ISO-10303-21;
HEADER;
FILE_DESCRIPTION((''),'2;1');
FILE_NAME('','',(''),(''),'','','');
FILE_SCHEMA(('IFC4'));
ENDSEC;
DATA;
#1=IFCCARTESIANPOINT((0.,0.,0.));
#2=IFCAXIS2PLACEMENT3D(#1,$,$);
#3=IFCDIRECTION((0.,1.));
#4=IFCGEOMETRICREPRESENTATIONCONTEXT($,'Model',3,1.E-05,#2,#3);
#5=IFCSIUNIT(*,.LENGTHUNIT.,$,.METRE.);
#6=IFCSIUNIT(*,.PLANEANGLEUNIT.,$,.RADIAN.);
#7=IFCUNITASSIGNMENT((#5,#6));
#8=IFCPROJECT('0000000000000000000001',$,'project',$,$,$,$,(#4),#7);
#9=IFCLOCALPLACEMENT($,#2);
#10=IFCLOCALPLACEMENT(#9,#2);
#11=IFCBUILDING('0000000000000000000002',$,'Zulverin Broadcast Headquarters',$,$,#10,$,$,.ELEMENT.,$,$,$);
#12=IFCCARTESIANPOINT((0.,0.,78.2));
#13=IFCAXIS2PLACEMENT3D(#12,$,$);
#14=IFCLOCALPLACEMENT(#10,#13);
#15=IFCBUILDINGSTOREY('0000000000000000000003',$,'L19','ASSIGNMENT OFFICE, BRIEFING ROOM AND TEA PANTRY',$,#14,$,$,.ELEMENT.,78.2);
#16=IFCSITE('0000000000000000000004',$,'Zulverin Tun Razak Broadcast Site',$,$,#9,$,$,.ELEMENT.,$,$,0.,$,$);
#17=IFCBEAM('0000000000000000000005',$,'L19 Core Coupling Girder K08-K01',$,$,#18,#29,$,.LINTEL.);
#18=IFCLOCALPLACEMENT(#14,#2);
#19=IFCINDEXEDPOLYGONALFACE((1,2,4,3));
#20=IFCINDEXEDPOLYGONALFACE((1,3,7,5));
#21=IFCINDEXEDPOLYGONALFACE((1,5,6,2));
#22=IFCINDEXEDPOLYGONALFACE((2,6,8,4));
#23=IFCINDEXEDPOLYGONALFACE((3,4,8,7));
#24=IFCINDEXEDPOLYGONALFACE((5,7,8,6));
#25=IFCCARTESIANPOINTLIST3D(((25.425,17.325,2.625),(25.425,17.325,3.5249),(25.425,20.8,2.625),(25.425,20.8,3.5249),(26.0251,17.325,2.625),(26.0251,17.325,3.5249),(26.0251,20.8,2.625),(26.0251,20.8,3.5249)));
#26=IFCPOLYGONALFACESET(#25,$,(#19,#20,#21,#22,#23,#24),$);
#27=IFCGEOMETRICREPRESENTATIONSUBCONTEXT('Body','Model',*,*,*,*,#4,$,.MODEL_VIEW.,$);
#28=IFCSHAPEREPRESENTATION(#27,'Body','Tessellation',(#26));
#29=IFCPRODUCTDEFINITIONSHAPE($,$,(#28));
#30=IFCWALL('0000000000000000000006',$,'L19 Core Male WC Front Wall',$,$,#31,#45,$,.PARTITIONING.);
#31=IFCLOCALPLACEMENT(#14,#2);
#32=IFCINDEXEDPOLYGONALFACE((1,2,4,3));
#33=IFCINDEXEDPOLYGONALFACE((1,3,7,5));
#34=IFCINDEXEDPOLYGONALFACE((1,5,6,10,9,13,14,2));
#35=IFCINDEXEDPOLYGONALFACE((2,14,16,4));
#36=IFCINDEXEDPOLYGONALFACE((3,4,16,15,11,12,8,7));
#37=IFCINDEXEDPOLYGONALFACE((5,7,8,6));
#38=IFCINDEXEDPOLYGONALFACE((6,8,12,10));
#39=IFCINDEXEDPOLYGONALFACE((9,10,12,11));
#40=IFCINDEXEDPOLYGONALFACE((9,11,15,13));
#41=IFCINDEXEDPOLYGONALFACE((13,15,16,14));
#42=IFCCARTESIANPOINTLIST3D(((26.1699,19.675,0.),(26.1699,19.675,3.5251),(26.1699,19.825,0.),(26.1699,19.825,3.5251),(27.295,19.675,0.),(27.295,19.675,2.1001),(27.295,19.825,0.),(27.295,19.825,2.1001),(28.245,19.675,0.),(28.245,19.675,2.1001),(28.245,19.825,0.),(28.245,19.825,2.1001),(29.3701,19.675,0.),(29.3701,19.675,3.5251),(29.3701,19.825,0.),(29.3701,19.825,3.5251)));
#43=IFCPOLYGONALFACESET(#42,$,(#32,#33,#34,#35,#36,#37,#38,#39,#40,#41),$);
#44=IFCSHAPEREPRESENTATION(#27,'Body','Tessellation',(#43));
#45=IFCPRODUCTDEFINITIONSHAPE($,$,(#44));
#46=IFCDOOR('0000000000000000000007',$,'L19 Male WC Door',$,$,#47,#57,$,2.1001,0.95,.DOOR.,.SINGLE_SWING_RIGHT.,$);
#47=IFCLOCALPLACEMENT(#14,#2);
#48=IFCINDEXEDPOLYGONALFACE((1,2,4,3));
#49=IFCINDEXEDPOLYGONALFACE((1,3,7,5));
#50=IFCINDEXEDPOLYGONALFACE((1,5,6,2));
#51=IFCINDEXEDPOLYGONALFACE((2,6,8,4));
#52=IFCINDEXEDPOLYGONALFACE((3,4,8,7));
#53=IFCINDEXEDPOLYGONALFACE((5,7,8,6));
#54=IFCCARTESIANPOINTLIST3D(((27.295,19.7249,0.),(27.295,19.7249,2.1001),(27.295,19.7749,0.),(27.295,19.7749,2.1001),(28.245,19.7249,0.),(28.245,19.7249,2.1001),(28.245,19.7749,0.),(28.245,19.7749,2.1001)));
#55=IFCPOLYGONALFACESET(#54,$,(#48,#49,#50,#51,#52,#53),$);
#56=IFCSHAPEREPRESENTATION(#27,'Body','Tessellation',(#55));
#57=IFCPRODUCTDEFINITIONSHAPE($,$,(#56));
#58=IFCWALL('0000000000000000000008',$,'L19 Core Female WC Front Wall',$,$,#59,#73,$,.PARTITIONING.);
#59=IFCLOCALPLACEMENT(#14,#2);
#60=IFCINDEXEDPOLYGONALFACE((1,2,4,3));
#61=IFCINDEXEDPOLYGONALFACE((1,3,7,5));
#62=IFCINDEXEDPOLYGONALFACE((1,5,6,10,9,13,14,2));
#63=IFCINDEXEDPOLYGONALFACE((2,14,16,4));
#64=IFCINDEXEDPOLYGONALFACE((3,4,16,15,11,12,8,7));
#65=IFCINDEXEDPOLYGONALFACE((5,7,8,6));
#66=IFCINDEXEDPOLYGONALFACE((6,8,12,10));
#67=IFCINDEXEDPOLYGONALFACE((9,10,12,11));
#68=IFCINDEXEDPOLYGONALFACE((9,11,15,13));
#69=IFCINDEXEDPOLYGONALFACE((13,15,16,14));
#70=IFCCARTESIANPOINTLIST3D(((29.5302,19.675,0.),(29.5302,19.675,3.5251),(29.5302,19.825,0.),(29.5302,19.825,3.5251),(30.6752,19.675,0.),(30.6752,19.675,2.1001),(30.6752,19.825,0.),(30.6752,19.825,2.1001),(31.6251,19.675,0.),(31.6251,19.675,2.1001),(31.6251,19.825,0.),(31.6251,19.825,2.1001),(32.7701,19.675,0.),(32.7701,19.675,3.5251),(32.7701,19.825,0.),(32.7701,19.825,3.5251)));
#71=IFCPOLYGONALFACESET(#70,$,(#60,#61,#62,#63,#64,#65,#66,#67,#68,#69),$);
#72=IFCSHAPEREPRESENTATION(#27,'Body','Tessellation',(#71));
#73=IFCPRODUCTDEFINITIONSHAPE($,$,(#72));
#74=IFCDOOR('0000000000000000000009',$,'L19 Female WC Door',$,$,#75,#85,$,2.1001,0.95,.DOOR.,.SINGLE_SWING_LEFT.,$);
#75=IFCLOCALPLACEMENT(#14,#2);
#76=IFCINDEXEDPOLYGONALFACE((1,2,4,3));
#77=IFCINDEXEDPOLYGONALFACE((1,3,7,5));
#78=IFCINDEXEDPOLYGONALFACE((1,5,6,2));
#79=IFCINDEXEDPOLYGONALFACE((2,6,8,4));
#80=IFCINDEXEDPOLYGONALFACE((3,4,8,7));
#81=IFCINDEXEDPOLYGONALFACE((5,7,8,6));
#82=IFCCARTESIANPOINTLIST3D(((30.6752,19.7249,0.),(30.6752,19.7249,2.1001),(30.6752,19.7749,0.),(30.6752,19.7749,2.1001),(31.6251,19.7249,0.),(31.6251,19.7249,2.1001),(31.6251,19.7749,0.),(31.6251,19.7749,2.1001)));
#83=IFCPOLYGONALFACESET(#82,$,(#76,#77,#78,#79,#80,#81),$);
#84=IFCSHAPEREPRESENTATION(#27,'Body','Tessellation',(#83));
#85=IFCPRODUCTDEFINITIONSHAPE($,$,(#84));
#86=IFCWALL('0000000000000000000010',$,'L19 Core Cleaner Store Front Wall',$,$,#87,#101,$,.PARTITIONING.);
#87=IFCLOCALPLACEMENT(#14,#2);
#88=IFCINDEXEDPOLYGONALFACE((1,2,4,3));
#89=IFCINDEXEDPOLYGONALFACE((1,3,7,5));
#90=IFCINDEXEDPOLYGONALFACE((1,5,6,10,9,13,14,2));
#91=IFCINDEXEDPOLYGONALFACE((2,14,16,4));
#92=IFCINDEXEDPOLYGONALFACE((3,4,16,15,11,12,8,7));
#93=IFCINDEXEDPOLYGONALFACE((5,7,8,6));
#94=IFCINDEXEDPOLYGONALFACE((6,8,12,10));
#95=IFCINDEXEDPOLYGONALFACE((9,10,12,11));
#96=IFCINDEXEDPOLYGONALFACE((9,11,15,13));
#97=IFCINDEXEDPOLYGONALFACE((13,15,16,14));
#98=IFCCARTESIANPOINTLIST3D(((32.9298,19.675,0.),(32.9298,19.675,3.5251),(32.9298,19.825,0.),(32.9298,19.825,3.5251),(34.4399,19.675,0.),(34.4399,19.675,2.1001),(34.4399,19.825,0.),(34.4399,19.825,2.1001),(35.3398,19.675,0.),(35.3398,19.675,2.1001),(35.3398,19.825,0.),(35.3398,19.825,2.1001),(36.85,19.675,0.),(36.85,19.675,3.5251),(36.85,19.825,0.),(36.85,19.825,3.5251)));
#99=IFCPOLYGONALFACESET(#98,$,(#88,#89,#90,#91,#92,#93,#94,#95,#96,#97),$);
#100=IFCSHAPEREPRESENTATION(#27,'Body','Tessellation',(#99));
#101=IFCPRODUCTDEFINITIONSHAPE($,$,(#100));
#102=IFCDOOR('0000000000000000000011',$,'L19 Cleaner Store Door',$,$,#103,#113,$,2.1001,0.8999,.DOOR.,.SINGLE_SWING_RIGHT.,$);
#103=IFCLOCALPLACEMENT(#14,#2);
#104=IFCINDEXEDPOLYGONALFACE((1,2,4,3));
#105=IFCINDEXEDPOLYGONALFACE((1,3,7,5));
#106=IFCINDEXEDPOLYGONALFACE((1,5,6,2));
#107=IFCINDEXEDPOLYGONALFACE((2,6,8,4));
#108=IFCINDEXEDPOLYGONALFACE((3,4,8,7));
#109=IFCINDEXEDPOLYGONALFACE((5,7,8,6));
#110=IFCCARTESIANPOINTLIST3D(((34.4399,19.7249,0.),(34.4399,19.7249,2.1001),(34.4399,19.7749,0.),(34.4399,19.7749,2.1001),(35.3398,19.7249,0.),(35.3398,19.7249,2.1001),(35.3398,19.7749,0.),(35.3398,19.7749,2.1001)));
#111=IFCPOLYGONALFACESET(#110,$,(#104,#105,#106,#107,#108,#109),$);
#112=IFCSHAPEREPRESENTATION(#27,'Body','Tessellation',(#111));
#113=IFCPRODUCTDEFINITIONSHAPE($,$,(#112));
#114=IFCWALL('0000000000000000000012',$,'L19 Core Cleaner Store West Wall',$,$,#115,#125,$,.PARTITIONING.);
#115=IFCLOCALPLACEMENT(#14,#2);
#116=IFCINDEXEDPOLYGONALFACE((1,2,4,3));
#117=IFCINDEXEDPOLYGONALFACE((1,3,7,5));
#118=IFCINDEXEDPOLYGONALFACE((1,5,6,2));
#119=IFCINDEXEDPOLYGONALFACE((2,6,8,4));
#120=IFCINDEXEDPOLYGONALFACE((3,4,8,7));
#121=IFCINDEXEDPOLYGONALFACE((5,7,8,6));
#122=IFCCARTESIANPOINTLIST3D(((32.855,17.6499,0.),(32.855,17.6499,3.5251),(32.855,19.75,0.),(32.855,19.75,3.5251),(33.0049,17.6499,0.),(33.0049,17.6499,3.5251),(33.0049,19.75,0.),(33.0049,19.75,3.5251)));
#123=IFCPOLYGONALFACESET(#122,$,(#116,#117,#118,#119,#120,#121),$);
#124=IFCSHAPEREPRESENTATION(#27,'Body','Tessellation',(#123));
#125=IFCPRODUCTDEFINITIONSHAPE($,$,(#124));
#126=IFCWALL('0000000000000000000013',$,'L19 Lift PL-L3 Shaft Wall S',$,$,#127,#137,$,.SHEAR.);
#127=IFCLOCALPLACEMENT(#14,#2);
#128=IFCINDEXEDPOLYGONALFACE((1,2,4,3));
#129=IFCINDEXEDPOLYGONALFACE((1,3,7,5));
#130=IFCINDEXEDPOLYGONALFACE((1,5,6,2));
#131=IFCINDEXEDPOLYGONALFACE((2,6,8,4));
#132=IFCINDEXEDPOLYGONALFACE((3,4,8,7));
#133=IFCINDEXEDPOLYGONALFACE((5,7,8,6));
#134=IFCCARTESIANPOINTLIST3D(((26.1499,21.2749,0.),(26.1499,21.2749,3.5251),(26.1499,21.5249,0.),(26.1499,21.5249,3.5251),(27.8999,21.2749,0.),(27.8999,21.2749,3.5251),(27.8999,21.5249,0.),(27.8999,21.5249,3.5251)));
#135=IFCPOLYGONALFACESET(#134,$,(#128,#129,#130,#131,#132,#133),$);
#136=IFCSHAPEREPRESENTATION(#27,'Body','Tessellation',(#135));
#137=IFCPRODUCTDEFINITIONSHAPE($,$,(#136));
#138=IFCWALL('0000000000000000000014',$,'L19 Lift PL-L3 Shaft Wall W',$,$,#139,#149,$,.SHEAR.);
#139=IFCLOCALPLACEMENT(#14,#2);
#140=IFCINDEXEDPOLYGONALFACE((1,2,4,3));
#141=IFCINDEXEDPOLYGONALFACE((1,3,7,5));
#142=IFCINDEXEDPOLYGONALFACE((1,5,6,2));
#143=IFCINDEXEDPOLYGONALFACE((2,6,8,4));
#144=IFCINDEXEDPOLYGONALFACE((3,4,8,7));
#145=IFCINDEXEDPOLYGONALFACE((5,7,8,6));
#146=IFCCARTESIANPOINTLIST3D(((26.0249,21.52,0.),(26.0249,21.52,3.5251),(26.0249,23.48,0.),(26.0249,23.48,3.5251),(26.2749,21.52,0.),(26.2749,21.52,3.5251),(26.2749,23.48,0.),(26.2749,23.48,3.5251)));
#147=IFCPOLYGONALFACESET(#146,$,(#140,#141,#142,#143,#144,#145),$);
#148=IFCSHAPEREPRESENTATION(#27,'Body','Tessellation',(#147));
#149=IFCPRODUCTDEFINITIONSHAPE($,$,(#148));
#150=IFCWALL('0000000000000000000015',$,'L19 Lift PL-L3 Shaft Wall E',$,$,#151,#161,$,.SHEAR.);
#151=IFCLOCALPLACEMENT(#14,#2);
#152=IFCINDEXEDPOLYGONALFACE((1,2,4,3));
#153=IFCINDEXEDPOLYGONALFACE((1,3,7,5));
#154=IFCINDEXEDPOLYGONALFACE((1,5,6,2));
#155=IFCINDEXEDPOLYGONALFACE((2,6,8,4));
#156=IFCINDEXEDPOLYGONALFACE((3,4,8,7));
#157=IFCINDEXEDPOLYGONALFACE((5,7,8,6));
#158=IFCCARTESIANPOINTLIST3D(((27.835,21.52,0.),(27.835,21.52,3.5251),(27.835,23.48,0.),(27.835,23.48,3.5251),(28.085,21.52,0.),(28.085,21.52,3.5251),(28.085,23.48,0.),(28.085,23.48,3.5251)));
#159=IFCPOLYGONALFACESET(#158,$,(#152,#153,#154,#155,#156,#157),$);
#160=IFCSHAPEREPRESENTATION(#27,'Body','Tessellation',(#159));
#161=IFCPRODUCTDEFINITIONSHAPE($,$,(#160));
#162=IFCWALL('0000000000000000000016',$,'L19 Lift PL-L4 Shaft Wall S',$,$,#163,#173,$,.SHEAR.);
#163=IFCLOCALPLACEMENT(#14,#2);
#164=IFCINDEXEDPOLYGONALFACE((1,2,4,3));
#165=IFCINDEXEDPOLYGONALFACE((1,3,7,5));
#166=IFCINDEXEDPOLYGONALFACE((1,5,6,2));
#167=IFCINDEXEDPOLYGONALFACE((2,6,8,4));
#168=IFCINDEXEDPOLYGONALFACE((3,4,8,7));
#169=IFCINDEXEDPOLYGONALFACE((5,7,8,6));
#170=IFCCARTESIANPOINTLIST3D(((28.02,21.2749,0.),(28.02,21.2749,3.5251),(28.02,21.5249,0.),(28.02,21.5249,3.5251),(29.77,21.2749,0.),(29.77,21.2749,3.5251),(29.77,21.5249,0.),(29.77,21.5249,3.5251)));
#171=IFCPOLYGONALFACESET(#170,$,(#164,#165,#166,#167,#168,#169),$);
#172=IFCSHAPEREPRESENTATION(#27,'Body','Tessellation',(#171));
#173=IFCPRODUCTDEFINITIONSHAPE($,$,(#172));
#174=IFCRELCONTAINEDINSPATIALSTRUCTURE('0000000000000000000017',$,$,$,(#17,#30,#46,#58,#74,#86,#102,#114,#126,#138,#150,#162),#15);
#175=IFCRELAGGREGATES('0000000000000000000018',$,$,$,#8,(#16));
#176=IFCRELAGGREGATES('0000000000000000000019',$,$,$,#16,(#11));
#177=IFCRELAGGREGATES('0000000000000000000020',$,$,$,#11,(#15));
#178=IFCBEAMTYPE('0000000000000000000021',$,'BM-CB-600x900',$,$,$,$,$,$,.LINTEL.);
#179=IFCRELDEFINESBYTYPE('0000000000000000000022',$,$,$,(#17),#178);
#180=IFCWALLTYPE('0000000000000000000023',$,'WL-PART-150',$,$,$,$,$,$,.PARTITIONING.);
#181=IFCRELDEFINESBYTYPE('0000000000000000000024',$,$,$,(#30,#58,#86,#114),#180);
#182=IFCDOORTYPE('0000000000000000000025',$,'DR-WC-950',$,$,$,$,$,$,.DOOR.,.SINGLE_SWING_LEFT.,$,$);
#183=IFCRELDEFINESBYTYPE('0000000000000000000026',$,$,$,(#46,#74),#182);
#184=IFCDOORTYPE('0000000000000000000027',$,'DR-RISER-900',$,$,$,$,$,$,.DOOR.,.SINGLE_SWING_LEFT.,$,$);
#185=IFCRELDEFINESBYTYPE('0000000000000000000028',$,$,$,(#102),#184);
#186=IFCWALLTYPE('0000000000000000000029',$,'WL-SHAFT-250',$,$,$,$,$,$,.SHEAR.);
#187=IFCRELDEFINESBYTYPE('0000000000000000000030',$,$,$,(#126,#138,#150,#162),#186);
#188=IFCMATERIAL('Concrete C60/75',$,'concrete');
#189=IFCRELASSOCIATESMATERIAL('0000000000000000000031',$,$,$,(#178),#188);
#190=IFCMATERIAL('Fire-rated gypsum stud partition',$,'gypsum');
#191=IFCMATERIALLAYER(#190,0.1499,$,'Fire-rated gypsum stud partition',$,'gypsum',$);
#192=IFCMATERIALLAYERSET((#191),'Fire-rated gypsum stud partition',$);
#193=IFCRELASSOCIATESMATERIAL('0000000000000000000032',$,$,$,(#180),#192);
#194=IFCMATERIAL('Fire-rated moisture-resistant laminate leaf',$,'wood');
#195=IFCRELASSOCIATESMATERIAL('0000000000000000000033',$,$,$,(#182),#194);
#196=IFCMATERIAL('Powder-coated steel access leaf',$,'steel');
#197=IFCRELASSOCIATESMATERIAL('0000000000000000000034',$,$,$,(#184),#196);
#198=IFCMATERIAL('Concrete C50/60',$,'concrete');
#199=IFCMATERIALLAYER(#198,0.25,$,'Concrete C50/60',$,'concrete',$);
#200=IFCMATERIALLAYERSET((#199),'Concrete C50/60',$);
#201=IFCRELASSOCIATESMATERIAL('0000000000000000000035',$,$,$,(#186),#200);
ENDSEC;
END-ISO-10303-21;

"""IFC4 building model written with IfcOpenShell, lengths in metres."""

from ifc_helpers import new_model, si_unit, direction, frame, frame_2d, origin, origin_2d, place, context, subcontext, project, spatial, rectangle, extrude, material, layer, layer_set, material_profile, profile_set, type_object, element, fill, save


model = new_model("IFC4")

# Units and contexts
model_context = context("Model", 3, precision=1e-05, world=origin(), true_north=direction((0.0, 1.0)))
body_context = subcontext(model_context, "Body", "Model", "MODEL_VIEW")
ifc_project = project(units=[si_unit("LENGTHUNIT", "METRE"), si_unit("PLANEANGLEUNIT", "RADIAN")], contexts=[model_context])

# Site, building, storey
site_placement = place(None, origin())
site = spatial("IfcSite", under=ifc_project, at=site_placement, Name="Zulverin Tun Razak Broadcast Site", CompositionType="ELEMENT", RefElevation=0.0)
building_placement = place(site_placement, origin())
building = spatial("IfcBuilding", under=site, at=building_placement, Name="Zulverin Broadcast Headquarters", CompositionType="ELEMENT")
storey_placement = place(building_placement, frame((0.0, 0.0, 78.2)))
storey = spatial("IfcBuildingStorey", under=building, at=storey_placement, Name="L19", Description="ASSIGNMENT OFFICE, BRIEFING ROOM AND TEA PANTRY", CompositionType="ELEMENT", Elevation=78.2)

# Beam
ifc_material_1 = material(Name="Concrete C60/75", Category="concrete")
ifc_material_profile = material_profile(ifc_material_1, rectangle(XDim=0.6001, YDim=0.8999, at=origin_2d()), Name="Concrete C60/75", Category="concrete")
ifc_profile_set = profile_set([ifc_material_profile], Name="Concrete C60/75")
beam_type = type_object("IfcBeamType", Name="BM-CB-600x900", PredefinedType="LINTEL", material=ifc_profile_set)
beam_placement = place(storey_placement, frame((25.7251, 20.8, 3.075), z_axis=(0.0, -1.0, 0.0), x_axis=(1.0, 0.0, 0.0)))
element("IfcBeam", 1, at=beam_placement, inside=storey, type_object=beam_type, Name="L19 Core Coupling Girder K08-K01", PredefinedType="LINTEL", context=body_context, shape_type="SweptSolid", body=[
    extrude(rectangle(XDim=0.6001, YDim=0.8999, at=origin_2d()), origin(), (0.0, 0.0, 1.0), 3.4751),
])

# Walls, openings, doors
ifc_material_2 = material(Name="Fire-rated gypsum stud partition", Category="gypsum")
ifc_layer_1 = layer(ifc_material_2, 0.1499, Name="Fire-rated gypsum stud partition", Category="gypsum")
ifc_layer_set_1 = layer_set([ifc_layer_1], Name="Fire-rated gypsum stud partition")
wall_type_1 = type_object("IfcWallType", Name="WL-PART-150", PredefinedType="PARTITIONING", material=ifc_layer_set_1)
wall_1_placement = place(storey_placement, frame((26.1699, 19.75, 0.0), z_axis=(0.0, 0.0, 1.0), x_axis=(1.0, 0.0, 0.0)))
wall_1 = element("IfcWall", 2, at=wall_1_placement, inside=storey, type_object=wall_type_1, Name="L19 Core Male WC Front Wall", PredefinedType="PARTITIONING", context=body_context, shape_type="SweptSolid", body=[
    extrude(rectangle(XDim=3.2002, YDim=0.1499, at=frame_2d((1.6001, 0.0))), origin(), (0.0, 0.0, 1.0), 3.5251),
])
opening_1_placement = place(wall_1_placement, frame((1.125, 0.0, 0.0)))
opening_1 = element("IfcOpeningElement", 3, at=opening_1_placement, cuts=wall_1, PredefinedType="OPENING", context=body_context, shape_type="SweptSolid", body=[
    extrude(rectangle(XDim=0.95, YDim=2.1001, at=frame_2d((0.4751, 1.05))), frame((0.0, 0.085, 0.0), z_axis=(0.0, -1.0, 0.0), x_axis=(1.0, 0.0, 0.0)), (0.0, 0.0, 1.0), 0.1699),
])
ifc_material_3 = material(Name="Fire-rated moisture-resistant laminate leaf", Category="wood")
door_type_1 = type_object("IfcDoorType", Name="DR-WC-950", OperationType="SINGLE_SWING_LEFT", PredefinedType="DOOR", material=ifc_material_3)
door_1_placement = place(opening_1_placement, origin())
door_1 = element("IfcDoor", 4, at=door_1_placement, inside=storey, type_object=door_type_1, Name="L19 Male WC Door", OperationType="SINGLE_SWING_RIGHT", OverallHeight=2.1001, OverallWidth=0.95, PredefinedType="DOOR", context=body_context, shape_type="SweptSolid", body=[
    extrude(rectangle(XDim=0.95, YDim=2.1001, at=frame_2d((0.4751, 1.05))), frame((0.0, 0.0249, 0.0), z_axis=(0.0, -1.0, 0.0), x_axis=(1.0, 0.0, 0.0)), (0.0, 0.0, 1.0), 0.05),
])
fill(opening_1, door_1)
wall_2_placement = place(storey_placement, frame((29.53, 19.75, 0.0), z_axis=(0.0, 0.0, 1.0), x_axis=(1.0, 0.0, 0.0)))
wall_2 = element("IfcWall", 5, at=wall_2_placement, inside=storey, type_object=wall_type_1, Name="L19 Core Female WC Front Wall", PredefinedType="PARTITIONING", context=body_context, shape_type="SweptSolid", body=[
    extrude(rectangle(XDim=3.24, YDim=0.1499, at=frame_2d((1.6201, 0.0))), origin(), (0.0, 0.0, 1.0), 3.5251),
])
opening_2_placement = place(wall_2_placement, frame((1.145, 0.0, 0.0)))
opening_2 = element("IfcOpeningElement", 6, at=opening_2_placement, cuts=wall_2, PredefinedType="OPENING", context=body_context, shape_type="SweptSolid", body=[
    extrude(rectangle(XDim=0.95, YDim=2.1001, at=frame_2d((0.4751, 1.05))), frame((0.0, 0.085, 0.0), z_axis=(0.0, -1.0, 0.0), x_axis=(1.0, 0.0, 0.0)), (0.0, 0.0, 1.0), 0.1699),
])
door_2_placement = place(opening_2_placement, origin())
door_2 = element("IfcDoor", 7, at=door_2_placement, inside=storey, type_object=door_type_1, Name="L19 Female WC Door", OperationType="SINGLE_SWING_LEFT", OverallHeight=2.1001, OverallWidth=0.95, PredefinedType="DOOR", context=body_context, shape_type="SweptSolid", body=[
    extrude(rectangle(XDim=0.95, YDim=2.1001, at=frame_2d((0.4751, 1.05))), frame((0.0, 0.0249, 0.0), z_axis=(0.0, -1.0, 0.0), x_axis=(1.0, 0.0, 0.0)), (0.0, 0.0, 1.0), 0.05),
])
fill(opening_2, door_2)
wall_3_placement = place(storey_placement, frame((32.9299, 19.75, 0.0), z_axis=(0.0, 0.0, 1.0), x_axis=(1.0, 0.0, 0.0)))
wall_3 = element("IfcWall", 8, at=wall_3_placement, inside=storey, type_object=wall_type_1, Name="L19 Core Cleaner Store Front Wall", PredefinedType="PARTITIONING", context=body_context, shape_type="SweptSolid", body=[
    extrude(rectangle(XDim=3.9202, YDim=0.1499, at=frame_2d((1.96, 0.0))), origin(), (0.0, 0.0, 1.0), 3.5251),
])
opening_3_placement = place(wall_3_placement, frame((1.51, 0.0, 0.0)))
opening_3 = element("IfcOpeningElement", 9, at=opening_3_placement, cuts=wall_3, PredefinedType="OPENING", context=body_context, shape_type="SweptSolid", body=[
    extrude(rectangle(XDim=0.8999, YDim=2.1001, at=frame_2d((0.45, 1.05))), frame((0.0, 0.085, 0.0), z_axis=(0.0, -1.0, 0.0), x_axis=(1.0, 0.0, 0.0)), (0.0, 0.0, 1.0), 0.1699),
])
ifc_material_4 = material(Name="Powder-coated steel access leaf", Category="steel")
door_type_2 = type_object("IfcDoorType", Name="DR-RISER-900", OperationType="SINGLE_SWING_LEFT", PredefinedType="DOOR", material=ifc_material_4)
door_3_placement = place(opening_3_placement, origin())
door_3 = element("IfcDoor", 10, at=door_3_placement, inside=storey, type_object=door_type_2, Name="L19 Cleaner Store Door", OperationType="SINGLE_SWING_RIGHT", OverallHeight=2.1001, OverallWidth=0.8999, PredefinedType="DOOR", context=body_context, shape_type="SweptSolid", body=[
    extrude(rectangle(XDim=0.8999, YDim=2.1001, at=frame_2d((0.45, 1.05))), frame((0.0, 0.0249, 0.0), z_axis=(0.0, -1.0, 0.0), x_axis=(1.0, 0.0, 0.0)), (0.0, 0.0, 1.0), 0.05),
])
fill(opening_3, door_3)

# Walls
wall_4_placement = place(storey_placement, frame((32.9299, 17.6499, 0.0), z_axis=(0.0, 0.0, 1.0), x_axis=(0.0, 1.0, 0.0)))
element("IfcWall", 11, at=wall_4_placement, inside=storey, type_object=wall_type_1, Name="L19 Core Cleaner Store West Wall", PredefinedType="PARTITIONING", context=body_context, shape_type="SweptSolid", body=[
    extrude(rectangle(XDim=2.1001, YDim=0.1499, at=frame_2d((1.05, 0.0))), origin(), (0.0, 0.0, 1.0), 3.5251),
])
ifc_material_5 = material(Name="Concrete C50/60", Category="concrete")
ifc_layer_2 = layer(ifc_material_5, 0.25, Name="Concrete C50/60", Category="concrete")
ifc_layer_set_2 = layer_set([ifc_layer_2], Name="Concrete C50/60")
wall_type_2 = type_object("IfcWallType", Name="WL-SHAFT-250", PredefinedType="SHEAR", material=ifc_layer_set_2)
wall_5_placement = place(storey_placement, frame((26.1499, 21.3999, 0.0), z_axis=(0.0, 0.0, 1.0), x_axis=(1.0, 0.0, 0.0)))
element("IfcWall", 12, at=wall_5_placement, inside=storey, type_object=wall_type_2, Name="L19 Lift PL-L3 Shaft Wall S", PredefinedType="SHEAR", context=body_context, shape_type="SweptSolid", body=[
    extrude(rectangle(XDim=1.75, YDim=0.25, at=frame_2d((0.875, 0.0))), origin(), (0.0, 0.0, 1.0), 3.5251),
])

# Walls
for number, where, z_axis, x_axis, name in (
    (13, (26.1499, 21.52, 0.0), (0.0, 0.0, 1.0), (0.0, 1.0, 0.0), "L19 Lift PL-L3 Shaft Wall W"),
    (14, (27.96, 21.52, 0.0), (0.0, 0.0, 1.0), (0.0, 1.0, 0.0), "L19 Lift PL-L3 Shaft Wall E"),
):
    element("IfcWall", number, at=place(storey_placement, frame(where, z_axis=z_axis, x_axis=x_axis)), inside=storey, type_object=wall_type_2, Name=name, PredefinedType="SHEAR", context=body_context, shape_type="SweptSolid", body=[
        extrude(rectangle(XDim=1.96, YDim=0.25, at=frame_2d((0.98, 0.0))), origin(), (0.0, 0.0, 1.0), 3.5251),
    ])
wall_6_placement = place(storey_placement, frame((28.02, 21.3999, 0.0), z_axis=(0.0, 0.0, 1.0), x_axis=(1.0, 0.0, 0.0)))
element("IfcWall", 15, at=wall_6_placement, inside=storey, type_object=wall_type_2, Name="L19 Lift PL-L4 Shaft Wall S", PredefinedType="SHEAR", context=body_context, shape_type="SweptSolid", body=[
    extrude(rectangle(XDim=1.75, YDim=0.25, at=frame_2d((0.875, 0.0))), origin(), (0.0, 0.0, 1.0), 3.5251),
])

save(model, "model.ifc")
